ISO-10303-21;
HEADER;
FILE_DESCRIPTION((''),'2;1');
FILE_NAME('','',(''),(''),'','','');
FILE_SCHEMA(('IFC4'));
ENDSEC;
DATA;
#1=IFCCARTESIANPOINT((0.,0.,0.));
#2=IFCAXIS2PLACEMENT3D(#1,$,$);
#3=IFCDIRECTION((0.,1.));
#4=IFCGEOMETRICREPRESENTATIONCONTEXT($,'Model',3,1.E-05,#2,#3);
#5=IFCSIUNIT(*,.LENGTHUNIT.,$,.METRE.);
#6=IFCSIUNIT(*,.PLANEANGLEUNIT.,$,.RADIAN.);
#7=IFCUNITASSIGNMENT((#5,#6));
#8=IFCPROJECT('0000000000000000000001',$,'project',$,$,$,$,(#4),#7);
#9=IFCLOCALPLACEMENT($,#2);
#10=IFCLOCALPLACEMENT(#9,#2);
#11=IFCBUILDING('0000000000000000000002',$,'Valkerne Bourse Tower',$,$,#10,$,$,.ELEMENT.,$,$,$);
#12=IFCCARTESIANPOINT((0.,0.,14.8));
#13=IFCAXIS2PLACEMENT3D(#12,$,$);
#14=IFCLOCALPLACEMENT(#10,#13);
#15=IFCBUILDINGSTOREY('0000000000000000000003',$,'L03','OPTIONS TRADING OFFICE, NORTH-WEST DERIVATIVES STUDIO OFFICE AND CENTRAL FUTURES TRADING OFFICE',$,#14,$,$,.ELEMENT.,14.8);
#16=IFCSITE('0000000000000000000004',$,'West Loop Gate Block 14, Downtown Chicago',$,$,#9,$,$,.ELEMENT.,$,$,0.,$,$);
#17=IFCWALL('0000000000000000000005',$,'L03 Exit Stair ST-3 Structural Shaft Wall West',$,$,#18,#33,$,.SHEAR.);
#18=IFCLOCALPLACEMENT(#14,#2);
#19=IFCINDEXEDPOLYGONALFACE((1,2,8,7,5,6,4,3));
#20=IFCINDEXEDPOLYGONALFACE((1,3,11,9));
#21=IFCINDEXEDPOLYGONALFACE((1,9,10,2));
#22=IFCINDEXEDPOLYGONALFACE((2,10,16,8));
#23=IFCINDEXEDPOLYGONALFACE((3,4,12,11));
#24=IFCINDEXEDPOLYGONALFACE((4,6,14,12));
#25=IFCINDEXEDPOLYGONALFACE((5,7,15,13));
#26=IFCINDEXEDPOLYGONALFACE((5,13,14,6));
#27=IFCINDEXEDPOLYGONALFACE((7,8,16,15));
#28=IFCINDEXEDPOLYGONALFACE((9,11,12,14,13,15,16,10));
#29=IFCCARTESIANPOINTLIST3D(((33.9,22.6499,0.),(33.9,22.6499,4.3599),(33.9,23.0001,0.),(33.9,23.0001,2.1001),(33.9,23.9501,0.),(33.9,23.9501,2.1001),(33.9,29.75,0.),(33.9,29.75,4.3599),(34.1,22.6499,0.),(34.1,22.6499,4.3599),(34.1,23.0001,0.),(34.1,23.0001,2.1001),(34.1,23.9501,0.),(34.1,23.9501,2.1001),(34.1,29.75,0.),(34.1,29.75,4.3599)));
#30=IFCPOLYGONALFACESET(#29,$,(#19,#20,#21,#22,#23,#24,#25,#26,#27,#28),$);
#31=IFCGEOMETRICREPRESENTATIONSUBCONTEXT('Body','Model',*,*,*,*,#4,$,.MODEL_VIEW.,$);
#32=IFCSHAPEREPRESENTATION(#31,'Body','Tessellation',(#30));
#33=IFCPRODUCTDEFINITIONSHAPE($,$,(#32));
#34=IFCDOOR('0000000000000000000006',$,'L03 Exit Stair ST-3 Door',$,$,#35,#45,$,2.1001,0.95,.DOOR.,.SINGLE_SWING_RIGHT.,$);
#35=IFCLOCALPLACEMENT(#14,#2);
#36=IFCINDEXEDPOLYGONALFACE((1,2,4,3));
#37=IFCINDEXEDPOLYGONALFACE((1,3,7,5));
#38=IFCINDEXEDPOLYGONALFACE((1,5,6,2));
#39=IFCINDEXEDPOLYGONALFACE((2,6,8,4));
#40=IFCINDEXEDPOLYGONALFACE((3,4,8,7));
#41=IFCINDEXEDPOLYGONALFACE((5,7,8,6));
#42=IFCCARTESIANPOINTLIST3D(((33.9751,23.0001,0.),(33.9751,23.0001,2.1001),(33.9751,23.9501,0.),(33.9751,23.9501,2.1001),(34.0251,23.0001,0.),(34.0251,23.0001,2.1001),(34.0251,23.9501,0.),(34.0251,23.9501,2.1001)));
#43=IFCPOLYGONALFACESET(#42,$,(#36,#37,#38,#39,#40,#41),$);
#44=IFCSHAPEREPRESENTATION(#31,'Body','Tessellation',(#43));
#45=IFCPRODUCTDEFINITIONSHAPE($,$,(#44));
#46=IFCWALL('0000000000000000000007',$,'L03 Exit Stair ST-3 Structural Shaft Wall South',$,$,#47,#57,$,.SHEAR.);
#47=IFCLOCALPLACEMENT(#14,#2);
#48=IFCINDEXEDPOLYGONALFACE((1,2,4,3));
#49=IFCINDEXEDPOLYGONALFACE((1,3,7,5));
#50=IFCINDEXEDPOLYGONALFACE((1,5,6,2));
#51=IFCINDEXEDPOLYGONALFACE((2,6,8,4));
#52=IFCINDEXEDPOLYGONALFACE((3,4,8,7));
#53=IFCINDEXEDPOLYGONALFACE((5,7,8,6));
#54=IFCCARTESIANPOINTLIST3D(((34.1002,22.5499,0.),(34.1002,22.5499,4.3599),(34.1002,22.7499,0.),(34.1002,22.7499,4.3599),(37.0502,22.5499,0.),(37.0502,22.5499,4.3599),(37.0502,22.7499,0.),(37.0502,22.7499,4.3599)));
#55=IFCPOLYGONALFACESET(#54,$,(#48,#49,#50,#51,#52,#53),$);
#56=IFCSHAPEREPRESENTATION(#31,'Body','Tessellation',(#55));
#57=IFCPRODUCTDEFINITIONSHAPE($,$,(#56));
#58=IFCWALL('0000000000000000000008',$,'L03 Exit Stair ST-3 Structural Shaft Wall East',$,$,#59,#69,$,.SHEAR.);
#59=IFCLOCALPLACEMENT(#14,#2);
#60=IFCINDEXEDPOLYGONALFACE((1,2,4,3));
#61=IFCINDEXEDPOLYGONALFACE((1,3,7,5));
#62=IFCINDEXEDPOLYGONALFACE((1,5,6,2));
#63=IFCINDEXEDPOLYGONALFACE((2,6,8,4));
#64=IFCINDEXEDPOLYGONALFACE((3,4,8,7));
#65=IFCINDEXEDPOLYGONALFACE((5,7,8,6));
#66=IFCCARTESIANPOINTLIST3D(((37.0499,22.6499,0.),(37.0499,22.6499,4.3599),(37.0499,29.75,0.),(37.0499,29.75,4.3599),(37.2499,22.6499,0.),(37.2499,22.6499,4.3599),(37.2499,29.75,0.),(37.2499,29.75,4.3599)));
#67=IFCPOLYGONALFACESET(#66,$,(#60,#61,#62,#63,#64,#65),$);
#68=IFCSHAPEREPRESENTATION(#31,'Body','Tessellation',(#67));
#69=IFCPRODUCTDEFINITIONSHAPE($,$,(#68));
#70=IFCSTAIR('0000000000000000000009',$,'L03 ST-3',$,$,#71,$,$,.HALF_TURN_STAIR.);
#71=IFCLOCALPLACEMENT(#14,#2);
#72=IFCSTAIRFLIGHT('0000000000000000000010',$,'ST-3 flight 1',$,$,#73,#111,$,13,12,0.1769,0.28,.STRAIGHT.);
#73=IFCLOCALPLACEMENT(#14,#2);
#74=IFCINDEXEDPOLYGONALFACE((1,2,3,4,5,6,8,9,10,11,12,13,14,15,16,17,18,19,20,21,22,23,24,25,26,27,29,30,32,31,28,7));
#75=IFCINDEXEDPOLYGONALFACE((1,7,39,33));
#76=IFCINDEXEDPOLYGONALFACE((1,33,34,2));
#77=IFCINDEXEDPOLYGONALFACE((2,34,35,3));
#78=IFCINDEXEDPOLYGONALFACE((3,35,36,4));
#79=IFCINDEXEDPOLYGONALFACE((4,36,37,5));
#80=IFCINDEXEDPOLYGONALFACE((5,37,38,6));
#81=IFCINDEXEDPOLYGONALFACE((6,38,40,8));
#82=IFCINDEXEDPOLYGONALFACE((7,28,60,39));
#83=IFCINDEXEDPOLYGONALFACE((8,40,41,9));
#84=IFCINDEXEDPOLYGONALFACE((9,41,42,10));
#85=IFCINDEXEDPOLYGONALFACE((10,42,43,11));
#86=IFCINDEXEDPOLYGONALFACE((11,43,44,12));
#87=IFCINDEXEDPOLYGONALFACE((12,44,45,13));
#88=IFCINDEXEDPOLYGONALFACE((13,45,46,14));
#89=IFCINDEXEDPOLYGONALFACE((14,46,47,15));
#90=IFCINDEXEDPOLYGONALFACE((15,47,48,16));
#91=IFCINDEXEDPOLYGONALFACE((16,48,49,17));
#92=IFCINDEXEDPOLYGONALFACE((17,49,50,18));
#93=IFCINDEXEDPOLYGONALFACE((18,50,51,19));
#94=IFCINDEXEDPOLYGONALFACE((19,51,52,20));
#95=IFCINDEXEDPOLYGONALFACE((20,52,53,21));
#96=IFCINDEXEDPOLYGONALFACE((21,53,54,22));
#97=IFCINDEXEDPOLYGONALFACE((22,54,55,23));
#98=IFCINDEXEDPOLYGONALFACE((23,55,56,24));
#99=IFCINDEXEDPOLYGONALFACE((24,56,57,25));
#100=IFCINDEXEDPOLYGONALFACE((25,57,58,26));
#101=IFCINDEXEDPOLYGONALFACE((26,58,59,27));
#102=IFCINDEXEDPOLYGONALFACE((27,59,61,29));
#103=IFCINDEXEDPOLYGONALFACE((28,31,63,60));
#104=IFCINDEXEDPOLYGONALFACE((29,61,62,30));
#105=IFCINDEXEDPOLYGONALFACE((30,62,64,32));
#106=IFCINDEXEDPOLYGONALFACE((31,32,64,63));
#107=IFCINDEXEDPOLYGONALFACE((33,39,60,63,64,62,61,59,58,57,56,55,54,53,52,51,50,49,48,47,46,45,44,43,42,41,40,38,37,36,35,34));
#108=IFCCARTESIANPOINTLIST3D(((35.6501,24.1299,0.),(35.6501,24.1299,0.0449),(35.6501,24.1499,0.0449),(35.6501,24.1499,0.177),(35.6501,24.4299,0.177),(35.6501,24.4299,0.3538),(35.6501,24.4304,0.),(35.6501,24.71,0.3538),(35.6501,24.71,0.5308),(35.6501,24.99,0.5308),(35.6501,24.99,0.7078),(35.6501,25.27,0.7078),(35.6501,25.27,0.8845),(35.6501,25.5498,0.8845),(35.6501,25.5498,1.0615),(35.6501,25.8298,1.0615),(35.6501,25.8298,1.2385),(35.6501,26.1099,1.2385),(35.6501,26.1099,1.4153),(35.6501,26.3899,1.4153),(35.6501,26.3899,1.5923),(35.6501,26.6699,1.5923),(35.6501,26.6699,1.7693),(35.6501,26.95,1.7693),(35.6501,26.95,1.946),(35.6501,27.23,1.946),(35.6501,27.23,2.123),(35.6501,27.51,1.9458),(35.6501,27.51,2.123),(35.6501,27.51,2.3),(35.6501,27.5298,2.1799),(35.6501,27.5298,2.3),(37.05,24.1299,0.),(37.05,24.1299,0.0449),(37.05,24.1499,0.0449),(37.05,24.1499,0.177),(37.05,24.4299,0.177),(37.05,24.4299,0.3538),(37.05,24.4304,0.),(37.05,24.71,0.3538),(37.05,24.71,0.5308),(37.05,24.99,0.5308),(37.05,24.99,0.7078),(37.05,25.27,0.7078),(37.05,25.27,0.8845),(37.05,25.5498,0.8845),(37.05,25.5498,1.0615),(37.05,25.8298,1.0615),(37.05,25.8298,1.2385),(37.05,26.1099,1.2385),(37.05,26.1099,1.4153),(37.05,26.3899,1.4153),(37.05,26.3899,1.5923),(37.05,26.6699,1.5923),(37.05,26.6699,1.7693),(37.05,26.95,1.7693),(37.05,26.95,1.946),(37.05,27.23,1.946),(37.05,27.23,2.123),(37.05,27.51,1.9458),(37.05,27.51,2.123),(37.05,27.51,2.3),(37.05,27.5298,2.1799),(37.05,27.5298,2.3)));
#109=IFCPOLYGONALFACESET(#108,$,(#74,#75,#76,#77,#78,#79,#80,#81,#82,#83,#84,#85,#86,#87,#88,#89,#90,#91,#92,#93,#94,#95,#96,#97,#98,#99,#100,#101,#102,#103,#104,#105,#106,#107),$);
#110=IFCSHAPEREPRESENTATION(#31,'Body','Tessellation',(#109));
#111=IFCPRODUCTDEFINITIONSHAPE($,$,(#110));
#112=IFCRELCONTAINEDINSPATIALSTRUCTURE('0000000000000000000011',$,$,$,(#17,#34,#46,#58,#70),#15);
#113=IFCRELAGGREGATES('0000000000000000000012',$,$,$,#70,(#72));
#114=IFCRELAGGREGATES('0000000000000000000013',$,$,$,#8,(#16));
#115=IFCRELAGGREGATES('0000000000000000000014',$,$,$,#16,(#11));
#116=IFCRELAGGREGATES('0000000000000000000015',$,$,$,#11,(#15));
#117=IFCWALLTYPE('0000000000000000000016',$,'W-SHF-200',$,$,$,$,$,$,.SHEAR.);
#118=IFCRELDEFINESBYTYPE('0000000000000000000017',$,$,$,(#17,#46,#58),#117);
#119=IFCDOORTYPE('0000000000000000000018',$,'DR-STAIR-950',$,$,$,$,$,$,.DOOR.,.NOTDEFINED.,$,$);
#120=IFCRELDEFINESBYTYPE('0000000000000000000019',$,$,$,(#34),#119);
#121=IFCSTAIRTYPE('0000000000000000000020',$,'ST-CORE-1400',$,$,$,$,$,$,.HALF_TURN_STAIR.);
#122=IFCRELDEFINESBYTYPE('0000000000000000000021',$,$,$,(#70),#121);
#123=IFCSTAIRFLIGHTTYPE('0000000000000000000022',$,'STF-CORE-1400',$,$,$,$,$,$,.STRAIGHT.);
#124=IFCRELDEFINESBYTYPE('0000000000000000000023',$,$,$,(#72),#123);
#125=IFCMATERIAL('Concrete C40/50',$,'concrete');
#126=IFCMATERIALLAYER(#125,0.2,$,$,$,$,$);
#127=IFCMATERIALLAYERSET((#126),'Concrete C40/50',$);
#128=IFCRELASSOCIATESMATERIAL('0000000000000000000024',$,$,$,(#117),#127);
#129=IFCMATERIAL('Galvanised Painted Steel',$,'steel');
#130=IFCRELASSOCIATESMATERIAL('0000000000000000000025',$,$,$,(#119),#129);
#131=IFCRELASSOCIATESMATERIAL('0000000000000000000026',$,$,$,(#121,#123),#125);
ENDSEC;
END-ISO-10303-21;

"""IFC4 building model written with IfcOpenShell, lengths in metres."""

from ifc_helpers import new_model, si_unit, direction, frame, frame_2d, origin, place, context, subcontext, project, spatial, polyline, rectangle, outline, extrude, material, layer, layer_set, type_object, element, fill, aggregate, save


model = new_model("IFC4")

# Units and contexts
model_context = context("Model", 3, precision=1e-05, world=origin(), true_north=direction((0.0, 1.0)))
body_context = subcontext(model_context, "Body", "Model", "MODEL_VIEW")
ifc_project = project(units=[si_unit("LENGTHUNIT", "METRE"), si_unit("PLANEANGLEUNIT", "RADIAN")], contexts=[model_context])

# Site, building, storey
site_placement = place(None, origin())
site = spatial("IfcSite", under=ifc_project, at=site_placement, Name="West Loop Gate Block 14, Downtown Chicago", CompositionType="ELEMENT", RefElevation=0.0)
building_placement = place(site_placement, origin())
building = spatial("IfcBuilding", under=site, at=building_placement, Name="Valkerne Bourse Tower", CompositionType="ELEMENT")
storey_placement = place(building_placement, frame((0.0, 0.0, 14.8)))
storey = spatial("IfcBuildingStorey", under=building, at=storey_placement, Name="L03", Description="OPTIONS TRADING OFFICE, NORTH-WEST DERIVATIVES STUDIO OFFICE AND CENTRAL FUTURES TRADING OFFICE", CompositionType="ELEMENT", Elevation=14.8)

# Shared definitions
ifc_material_1 = material(Name="Galvanised Painted Steel", Category="steel")

# Wall, opening, door
ifc_material_2 = material(Name="Concrete C40/50", Category="concrete")
ifc_layer_1 = layer(ifc_material_2, 0.2)
ifc_layer_set_1 = layer_set([ifc_layer_1], Name="Concrete C40/50")
wall_type_1 = type_object("IfcWallType", Name="W-SHF-200", PredefinedType="SHEAR", material=ifc_layer_set_1)
wall_1_placement = place(storey_placement, frame((34.0, 22.6499, 0.0), z_axis=(0.0, 0.0, 1.0), x_axis=(0.0, 1.0, 0.0)))
wall_1 = element("IfcWall", 1, at=wall_1_placement, inside=storey, type_object=wall_type_1, Name="L03 Exit Stair ST-3 Structural Shaft Wall West", PredefinedType="SHEAR", context=body_context, shape_type="SweptSolid", body=[
    extrude(rectangle(XDim=7.1001, YDim=0.2, at=frame_2d((3.55, 0.0))), origin(), (0.0, 0.0, 1.0), 4.3599),
])
opening_1_placement = place(wall_1_placement, frame((0.3501, 0.0, 0.0)))
opening_1 = element("IfcOpeningElement", 2, at=opening_1_placement, cuts=wall_1, PredefinedType="OPENING", context=body_context, shape_type="SweptSolid", body=[
    extrude(rectangle(XDim=0.95, YDim=2.1001, at=frame_2d((0.4751, 1.05))), frame((0.0, 0.1099, 0.0), z_axis=(0.0, -1.0, 0.0), x_axis=(1.0, 0.0, 0.0)), (0.0, 0.0, 1.0), 0.22),
])
door_type_1 = type_object("IfcDoorType", Name="DR-STAIR-950", OperationType="NOTDEFINED", PredefinedType="DOOR", material=ifc_material_1)
door_1_placement = place(opening_1_placement, origin())
door_1 = element("IfcDoor", 3, at=door_1_placement, inside=storey, type_object=door_type_1, Name="L03 Exit Stair ST-3 Door", OperationType="SINGLE_SWING_RIGHT", OverallHeight=2.1001, OverallWidth=0.95, PredefinedType="DOOR", context=body_context, shape_type="SweptSolid", body=[
    extrude(rectangle(XDim=0.95, YDim=2.1001, at=frame_2d((0.4751, 1.05))), frame((0.0, 0.0249, 0.0), z_axis=(0.0, -1.0, 0.0), x_axis=(1.0, 0.0, 0.0)), (0.0, 0.0, 1.0), 0.05),
])
fill(opening_1, door_1)

# Walls
wall_2_placement = place(storey_placement, frame((34.1001, 22.6499, 0.0), z_axis=(0.0, 0.0, 1.0), x_axis=(1.0, 0.0, 0.0)))
element("IfcWall", 4, at=wall_2_placement, inside=storey, type_object=wall_type_1, Name="L03 Exit Stair ST-3 Structural Shaft Wall South", PredefinedType="SHEAR", context=body_context, shape_type="SweptSolid", body=[
    extrude(rectangle(XDim=2.95, YDim=0.2, at=frame_2d((1.4751, 0.0))), origin(), (0.0, 0.0, 1.0), 4.3599),
])
wall_3_placement = place(storey_placement, frame((37.1499, 22.6499, 0.0), z_axis=(0.0, 0.0, 1.0), x_axis=(0.0, 1.0, 0.0)))
element("IfcWall", 5, at=wall_3_placement, inside=storey, type_object=wall_type_1, Name="L03 Exit Stair ST-3 Structural Shaft Wall East", PredefinedType="SHEAR", context=body_context, shape_type="SweptSolid", body=[
    extrude(rectangle(XDim=7.1001, YDim=0.2, at=frame_2d((3.55, 0.0))), origin(), (0.0, 0.0, 1.0), 4.3599),
])

# Stair, stair flight
stair_type = type_object("IfcStairType", Name="ST-CORE-1400", PredefinedType="HALF_TURN_STAIR", material=ifc_material_2)
stair_placement = place(storey_placement, origin())
stair = element("IfcStair", 6, at=stair_placement, inside=storey, type_object=stair_type, Name="L03 ST-3", PredefinedType="HALF_TURN_STAIR")
stair_flight_type = type_object("IfcStairFlightType", Name="STF-CORE-1400", PredefinedType="STRAIGHT", material=ifc_material_2)
stair_flight_placement = place(storey_placement, frame((36.3501, 24.1499, 0.0), z_axis=(0.0, 0.0, 1.0), x_axis=(0.0, 1.0, 0.0)))
stair_flight = element("IfcStairFlight", 7, at=stair_flight_placement, type_object=stair_flight_type, Name="ST-3 flight 1", NumberOfRisers=13, NumberOfTreads=12, PredefinedType="STRAIGHT", RiserHeight=0.1769, TreadLength=0.28, context=body_context, shape_type="SweptSolid", body=[
    extrude(outline(polyline([(-0.02, 0.0), (-0.02, 0.0449), (0.0, 0.0449), (0.0, 0.177), (0.28, 0.177), (0.28, 0.3538), (0.5601, 0.3538), (0.5601, 0.5308), (0.8401, 0.5308), (0.8401, 0.7078), (1.1201, 0.7078), (1.1201, 0.8845), (1.3999, 0.8845), (1.3999, 1.0615), (1.6799, 1.0615), (1.6799, 1.2385), (1.96, 1.2385), (1.96, 1.4153), (2.24, 1.4153), (2.24, 1.5923), (2.52, 1.5923), (2.52, 1.7693), (2.8, 1.7693), (2.8, 1.946), (3.0801, 1.946), (3.0801, 2.123), (3.3601, 2.123), (3.3601, 2.3), (3.3799, 2.3), (3.3799, 2.1799), (3.3601, 1.9458), (0.2805, 0.0), (-0.02, 0.0)])), frame((0.0, 0.7, 0.0), z_axis=(0.0, -1.0, 0.0), x_axis=(1.0, 0.0, 0.0)), (0.0, 0.0, 1.0), 1.3999),
])
aggregate(stair, [stair_flight])

save(model, "model.ifc")
